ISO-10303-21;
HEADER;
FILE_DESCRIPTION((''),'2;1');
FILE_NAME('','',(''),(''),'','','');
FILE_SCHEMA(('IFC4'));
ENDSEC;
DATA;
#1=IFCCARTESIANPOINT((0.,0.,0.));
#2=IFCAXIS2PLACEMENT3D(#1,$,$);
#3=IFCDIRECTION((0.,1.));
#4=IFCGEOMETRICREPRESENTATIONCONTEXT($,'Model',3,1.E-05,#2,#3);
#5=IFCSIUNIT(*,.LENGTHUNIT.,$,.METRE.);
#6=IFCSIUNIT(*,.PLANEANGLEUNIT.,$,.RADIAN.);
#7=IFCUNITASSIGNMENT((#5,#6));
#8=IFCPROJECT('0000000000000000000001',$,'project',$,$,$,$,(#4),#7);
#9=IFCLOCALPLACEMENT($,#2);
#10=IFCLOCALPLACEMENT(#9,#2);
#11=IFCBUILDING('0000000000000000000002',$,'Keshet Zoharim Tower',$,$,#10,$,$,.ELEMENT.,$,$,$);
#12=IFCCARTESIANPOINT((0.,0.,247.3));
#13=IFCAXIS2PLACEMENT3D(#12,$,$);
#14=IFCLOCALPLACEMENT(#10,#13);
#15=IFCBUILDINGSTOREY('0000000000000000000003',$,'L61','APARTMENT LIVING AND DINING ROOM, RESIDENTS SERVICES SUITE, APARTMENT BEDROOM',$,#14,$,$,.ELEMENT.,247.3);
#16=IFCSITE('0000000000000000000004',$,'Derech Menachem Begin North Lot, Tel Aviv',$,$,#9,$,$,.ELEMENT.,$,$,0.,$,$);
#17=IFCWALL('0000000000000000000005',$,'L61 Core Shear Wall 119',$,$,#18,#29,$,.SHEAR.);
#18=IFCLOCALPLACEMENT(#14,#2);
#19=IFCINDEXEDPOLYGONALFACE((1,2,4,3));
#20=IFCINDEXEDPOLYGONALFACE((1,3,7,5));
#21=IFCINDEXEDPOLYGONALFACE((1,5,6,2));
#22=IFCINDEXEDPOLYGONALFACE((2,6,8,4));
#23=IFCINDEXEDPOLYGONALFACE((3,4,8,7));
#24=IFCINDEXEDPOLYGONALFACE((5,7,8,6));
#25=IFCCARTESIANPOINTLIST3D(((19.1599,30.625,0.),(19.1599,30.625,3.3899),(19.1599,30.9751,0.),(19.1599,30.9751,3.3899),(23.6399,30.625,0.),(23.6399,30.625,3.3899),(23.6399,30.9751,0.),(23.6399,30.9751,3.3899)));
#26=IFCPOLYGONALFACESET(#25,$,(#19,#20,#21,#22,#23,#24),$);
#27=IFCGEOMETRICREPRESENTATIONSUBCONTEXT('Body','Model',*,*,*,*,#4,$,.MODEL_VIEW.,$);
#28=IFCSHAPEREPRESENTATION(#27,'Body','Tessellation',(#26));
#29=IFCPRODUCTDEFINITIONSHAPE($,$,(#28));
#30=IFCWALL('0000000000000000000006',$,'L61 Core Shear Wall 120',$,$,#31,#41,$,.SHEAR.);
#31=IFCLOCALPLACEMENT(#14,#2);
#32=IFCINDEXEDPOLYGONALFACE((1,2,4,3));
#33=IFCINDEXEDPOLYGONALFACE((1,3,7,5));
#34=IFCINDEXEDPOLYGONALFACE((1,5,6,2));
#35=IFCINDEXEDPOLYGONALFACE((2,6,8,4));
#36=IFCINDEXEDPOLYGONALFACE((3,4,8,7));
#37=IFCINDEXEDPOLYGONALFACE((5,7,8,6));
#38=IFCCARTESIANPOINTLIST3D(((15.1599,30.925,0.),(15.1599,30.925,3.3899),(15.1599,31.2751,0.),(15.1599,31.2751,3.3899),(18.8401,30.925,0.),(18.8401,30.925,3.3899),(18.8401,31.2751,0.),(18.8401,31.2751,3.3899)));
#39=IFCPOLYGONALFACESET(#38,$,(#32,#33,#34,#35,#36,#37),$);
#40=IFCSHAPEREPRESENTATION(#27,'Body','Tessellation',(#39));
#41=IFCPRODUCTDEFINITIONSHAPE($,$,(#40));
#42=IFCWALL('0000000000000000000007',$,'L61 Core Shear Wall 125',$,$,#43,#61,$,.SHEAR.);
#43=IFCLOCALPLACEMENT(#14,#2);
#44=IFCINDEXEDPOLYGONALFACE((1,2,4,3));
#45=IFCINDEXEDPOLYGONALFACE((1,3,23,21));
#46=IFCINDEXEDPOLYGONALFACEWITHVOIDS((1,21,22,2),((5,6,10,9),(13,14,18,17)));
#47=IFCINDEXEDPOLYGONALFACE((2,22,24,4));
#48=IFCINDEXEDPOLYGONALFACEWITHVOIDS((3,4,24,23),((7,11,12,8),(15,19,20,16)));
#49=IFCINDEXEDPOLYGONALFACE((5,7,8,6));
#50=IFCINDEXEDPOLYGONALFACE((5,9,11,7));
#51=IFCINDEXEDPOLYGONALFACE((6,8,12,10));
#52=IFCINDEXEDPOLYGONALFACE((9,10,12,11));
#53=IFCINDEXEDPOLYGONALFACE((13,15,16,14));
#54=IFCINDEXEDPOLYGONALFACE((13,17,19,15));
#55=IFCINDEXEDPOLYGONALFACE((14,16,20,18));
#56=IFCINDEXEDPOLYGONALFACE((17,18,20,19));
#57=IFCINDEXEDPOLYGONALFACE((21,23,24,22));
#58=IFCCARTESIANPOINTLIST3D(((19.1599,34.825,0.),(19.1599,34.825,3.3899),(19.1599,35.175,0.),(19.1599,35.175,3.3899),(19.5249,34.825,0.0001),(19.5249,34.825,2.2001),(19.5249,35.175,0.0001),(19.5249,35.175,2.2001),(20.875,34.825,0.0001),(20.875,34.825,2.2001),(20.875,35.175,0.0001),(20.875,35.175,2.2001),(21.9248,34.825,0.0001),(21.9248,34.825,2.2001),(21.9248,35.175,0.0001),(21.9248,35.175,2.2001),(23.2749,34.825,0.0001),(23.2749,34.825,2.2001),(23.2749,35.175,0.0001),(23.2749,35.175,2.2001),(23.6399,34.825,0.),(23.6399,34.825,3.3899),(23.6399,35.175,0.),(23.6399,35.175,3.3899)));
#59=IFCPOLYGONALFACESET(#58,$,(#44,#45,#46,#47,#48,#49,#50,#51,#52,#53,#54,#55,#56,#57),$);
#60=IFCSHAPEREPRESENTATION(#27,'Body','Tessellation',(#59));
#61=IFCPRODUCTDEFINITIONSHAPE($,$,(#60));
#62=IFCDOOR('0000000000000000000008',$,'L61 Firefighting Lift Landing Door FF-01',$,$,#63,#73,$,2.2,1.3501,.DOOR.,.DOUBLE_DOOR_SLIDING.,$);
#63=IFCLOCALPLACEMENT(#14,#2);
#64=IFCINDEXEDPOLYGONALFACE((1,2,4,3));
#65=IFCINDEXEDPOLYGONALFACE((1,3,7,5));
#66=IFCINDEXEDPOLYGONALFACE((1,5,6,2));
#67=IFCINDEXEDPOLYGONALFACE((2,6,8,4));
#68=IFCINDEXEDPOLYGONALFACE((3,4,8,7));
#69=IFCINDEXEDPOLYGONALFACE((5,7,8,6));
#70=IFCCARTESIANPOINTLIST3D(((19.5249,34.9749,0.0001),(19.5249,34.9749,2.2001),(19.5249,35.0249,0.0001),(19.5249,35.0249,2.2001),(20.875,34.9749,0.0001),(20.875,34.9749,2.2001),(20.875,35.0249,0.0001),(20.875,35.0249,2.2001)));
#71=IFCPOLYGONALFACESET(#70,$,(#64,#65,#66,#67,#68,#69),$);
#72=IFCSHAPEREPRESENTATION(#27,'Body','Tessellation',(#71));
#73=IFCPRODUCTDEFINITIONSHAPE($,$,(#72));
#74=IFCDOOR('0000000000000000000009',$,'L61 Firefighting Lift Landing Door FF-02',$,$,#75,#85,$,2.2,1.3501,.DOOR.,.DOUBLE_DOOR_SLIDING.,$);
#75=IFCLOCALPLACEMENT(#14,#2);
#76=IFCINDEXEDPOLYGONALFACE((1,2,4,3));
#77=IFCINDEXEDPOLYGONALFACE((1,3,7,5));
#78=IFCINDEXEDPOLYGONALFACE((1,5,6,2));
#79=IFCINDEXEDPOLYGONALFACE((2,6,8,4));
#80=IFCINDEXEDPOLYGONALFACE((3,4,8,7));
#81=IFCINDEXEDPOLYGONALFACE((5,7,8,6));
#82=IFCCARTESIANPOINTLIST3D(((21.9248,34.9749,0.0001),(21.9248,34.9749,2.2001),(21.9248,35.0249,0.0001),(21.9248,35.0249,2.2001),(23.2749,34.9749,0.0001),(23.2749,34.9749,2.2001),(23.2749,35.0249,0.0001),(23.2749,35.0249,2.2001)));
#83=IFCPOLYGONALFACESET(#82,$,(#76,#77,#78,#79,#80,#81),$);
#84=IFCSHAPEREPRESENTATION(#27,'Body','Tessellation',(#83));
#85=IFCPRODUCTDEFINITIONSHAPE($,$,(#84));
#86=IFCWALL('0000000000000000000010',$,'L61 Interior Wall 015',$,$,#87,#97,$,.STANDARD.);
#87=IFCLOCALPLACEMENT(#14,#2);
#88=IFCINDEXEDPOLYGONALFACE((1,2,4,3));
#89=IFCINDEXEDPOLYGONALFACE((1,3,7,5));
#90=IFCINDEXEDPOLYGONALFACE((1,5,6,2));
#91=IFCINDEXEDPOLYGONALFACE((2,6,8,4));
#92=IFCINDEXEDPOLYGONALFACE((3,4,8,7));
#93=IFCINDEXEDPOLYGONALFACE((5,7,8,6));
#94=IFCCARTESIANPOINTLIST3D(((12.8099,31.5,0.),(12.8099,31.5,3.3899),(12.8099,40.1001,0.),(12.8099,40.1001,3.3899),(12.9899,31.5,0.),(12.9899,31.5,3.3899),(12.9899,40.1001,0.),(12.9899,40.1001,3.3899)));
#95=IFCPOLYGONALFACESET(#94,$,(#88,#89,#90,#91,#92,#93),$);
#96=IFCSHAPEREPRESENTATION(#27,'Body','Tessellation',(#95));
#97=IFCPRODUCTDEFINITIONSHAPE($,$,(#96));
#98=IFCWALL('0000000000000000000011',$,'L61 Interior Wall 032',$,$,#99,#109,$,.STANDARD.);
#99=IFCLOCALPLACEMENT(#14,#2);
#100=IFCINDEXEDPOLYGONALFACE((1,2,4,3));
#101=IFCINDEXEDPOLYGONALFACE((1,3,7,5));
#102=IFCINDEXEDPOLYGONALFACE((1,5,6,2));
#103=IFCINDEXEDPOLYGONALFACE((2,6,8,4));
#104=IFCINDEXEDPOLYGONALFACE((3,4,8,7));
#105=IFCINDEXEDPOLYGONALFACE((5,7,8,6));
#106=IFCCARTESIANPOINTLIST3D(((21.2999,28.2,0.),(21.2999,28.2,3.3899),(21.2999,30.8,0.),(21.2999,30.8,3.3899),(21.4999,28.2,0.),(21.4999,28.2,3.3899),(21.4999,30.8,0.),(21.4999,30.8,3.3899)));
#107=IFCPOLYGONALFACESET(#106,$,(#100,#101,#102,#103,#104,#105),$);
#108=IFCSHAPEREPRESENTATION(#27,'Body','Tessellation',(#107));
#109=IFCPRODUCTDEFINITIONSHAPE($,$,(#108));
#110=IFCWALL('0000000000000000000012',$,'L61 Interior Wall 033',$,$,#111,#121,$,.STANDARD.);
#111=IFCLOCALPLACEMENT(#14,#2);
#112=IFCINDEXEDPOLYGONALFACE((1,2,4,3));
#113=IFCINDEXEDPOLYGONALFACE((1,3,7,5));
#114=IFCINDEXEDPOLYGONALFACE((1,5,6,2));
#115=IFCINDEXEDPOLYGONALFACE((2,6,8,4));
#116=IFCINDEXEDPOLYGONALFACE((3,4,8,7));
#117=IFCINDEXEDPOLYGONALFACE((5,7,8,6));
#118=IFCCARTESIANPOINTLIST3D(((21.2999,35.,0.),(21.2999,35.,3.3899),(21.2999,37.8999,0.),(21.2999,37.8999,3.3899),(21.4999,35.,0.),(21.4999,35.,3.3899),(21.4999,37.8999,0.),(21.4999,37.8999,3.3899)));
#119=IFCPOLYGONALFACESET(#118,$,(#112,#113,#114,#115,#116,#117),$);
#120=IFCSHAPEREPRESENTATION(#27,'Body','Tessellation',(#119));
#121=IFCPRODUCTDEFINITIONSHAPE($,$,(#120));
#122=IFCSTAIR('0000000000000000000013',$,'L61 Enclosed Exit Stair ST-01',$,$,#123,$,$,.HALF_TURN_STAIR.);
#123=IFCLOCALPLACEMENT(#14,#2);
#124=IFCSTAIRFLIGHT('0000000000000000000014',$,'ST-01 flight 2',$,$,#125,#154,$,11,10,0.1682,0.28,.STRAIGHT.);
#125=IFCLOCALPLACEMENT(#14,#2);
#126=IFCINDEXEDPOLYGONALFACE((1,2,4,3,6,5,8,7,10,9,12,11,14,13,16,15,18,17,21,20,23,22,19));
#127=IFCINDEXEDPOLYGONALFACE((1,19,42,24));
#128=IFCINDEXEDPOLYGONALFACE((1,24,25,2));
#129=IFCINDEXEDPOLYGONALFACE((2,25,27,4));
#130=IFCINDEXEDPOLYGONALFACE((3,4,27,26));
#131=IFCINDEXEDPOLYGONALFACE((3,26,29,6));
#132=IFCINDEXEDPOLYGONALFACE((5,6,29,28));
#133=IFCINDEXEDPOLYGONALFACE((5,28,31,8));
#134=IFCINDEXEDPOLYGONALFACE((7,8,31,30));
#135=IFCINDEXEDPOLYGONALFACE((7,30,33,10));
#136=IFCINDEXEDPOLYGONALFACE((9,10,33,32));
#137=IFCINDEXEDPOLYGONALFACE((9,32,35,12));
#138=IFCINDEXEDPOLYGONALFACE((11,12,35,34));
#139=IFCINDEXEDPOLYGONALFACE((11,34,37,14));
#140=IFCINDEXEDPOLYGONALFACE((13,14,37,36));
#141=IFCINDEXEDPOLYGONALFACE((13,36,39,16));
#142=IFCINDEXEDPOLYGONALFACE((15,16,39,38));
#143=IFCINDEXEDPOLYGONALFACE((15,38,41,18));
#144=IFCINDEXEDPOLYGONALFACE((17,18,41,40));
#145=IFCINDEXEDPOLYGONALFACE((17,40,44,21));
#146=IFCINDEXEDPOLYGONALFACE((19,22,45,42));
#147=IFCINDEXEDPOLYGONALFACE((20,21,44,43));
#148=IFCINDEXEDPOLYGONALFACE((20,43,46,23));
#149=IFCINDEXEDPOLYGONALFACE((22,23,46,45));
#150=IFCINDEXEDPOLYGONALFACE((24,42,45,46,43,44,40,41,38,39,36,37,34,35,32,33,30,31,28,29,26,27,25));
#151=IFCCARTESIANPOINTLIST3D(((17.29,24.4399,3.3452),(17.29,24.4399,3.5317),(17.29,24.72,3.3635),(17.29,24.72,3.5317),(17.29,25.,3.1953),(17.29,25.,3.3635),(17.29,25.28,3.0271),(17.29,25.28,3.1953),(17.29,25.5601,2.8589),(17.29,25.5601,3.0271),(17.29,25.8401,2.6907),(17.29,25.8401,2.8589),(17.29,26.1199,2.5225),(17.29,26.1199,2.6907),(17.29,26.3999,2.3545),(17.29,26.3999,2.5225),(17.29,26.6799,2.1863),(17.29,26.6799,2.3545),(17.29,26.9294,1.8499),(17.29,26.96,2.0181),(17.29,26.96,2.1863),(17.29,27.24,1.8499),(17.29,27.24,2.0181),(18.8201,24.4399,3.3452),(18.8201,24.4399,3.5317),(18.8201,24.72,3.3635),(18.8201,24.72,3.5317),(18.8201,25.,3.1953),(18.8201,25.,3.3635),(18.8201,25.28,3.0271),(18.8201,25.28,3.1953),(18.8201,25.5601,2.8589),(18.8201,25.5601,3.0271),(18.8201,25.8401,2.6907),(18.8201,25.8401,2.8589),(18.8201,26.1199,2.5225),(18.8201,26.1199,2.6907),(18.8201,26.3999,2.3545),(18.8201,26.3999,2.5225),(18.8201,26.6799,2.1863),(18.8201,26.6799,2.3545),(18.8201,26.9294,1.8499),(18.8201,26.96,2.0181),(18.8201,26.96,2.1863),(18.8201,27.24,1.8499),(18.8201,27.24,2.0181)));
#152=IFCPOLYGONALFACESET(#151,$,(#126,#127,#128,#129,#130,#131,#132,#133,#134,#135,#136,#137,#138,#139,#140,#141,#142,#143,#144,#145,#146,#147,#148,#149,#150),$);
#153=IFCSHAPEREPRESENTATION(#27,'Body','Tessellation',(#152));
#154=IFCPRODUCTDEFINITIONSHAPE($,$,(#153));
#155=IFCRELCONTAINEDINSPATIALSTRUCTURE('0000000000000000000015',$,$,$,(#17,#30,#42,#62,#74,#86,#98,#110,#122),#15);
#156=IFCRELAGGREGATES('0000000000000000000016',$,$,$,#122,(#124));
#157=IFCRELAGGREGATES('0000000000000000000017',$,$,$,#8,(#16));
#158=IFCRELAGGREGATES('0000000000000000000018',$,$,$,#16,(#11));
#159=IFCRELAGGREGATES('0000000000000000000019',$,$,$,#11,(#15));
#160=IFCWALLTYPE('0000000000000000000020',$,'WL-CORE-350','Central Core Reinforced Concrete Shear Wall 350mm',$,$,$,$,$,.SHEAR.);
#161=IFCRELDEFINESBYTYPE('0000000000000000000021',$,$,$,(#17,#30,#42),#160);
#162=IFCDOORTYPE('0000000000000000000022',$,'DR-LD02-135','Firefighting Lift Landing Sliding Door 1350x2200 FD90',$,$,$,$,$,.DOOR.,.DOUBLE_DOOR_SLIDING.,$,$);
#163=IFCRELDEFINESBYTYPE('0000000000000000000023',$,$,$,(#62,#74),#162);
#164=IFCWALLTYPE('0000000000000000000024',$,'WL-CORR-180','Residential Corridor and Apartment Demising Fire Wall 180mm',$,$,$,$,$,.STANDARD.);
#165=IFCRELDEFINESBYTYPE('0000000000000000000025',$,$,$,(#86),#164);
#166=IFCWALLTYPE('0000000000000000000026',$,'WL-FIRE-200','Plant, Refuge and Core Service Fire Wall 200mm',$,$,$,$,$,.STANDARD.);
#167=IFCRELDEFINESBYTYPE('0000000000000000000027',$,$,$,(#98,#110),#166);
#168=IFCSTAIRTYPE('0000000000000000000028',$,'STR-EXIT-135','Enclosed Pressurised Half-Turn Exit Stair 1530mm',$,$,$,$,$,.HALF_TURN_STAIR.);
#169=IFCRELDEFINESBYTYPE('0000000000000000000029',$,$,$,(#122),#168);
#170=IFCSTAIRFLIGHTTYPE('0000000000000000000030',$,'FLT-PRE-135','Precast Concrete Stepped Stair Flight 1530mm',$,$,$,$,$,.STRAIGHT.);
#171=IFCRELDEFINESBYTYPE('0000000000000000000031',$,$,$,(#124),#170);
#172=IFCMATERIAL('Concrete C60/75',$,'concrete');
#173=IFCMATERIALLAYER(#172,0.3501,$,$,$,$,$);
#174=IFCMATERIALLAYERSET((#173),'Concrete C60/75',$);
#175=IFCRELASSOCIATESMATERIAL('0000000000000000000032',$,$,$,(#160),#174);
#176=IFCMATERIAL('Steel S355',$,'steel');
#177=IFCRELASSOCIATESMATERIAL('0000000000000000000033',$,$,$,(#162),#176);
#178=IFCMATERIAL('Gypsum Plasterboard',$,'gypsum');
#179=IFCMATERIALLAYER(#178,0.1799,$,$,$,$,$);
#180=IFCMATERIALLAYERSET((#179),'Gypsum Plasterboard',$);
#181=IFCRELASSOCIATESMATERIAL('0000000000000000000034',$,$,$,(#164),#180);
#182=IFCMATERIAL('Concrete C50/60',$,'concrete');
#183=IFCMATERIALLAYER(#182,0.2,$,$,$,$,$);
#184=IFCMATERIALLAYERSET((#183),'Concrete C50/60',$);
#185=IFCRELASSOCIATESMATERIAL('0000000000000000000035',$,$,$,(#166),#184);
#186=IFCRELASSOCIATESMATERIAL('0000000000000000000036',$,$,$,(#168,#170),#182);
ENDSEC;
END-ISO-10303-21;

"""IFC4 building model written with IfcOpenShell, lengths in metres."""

from ifc_helpers import new_model, si_unit, direction, frame, frame_2d, origin, place, context, subcontext, project, spatial, polyline, rectangle, outline, extrude, material, layer, layer_set, type_object, element, fill, aggregate, save


model = new_model("IFC4")

# Units and contexts
model_context = context("Model", 3, precision=1e-05, world=origin(), true_north=direction((0.0, 1.0)))
body_context = subcontext(model_context, "Body", "Model", "MODEL_VIEW")
ifc_project = project(units=[si_unit("LENGTHUNIT", "METRE"), si_unit("PLANEANGLEUNIT", "RADIAN")], contexts=[model_context])

# Site, building, storey
site_placement = place(None, origin())
site = spatial("IfcSite", under=ifc_project, at=site_placement, Name="Derech Menachem Begin North Lot, Tel Aviv", CompositionType="ELEMENT", RefElevation=0.0)
building_placement = place(site_placement, origin())
building = spatial("IfcBuilding", under=site, at=building_placement, Name="Keshet Zoharim Tower", CompositionType="ELEMENT")
storey_placement = place(building_placement, frame((0.0, 0.0, 247.3)))
storey = spatial("IfcBuildingStorey", under=building, at=storey_placement, Name="L61", Description="APARTMENT LIVING AND DINING ROOM, RESIDENTS SERVICES SUITE, APARTMENT BEDROOM", CompositionType="ELEMENT", Elevation=247.3)

# Shared definitions
ifc_material_1 = material(Name="Steel S355", Category="steel")

# Shared definitions
ifc_material_2 = material(Name="Concrete C60/75", Category="concrete")
ifc_layer_1 = layer(ifc_material_2, 0.3501)
ifc_layer_set_1 = layer_set([ifc_layer_1], Name="Concrete C60/75")
wall_type_1 = type_object("IfcWallType", Name="WL-CORE-350", Description="Central Core Reinforced Concrete Shear Wall 350mm", PredefinedType="SHEAR", material=ifc_layer_set_1)

# Walls
wall_1_placement = place(storey_placement, frame((19.1599, 30.8, 0.0), z_axis=(0.0, 0.0, 1.0), x_axis=(1.0, 0.0, 0.0)))
element("IfcWall", 1, at=wall_1_placement, inside=storey, type_object=wall_type_1, Name="L61 Core Shear Wall 119", PredefinedType="SHEAR", context=body_context, shape_type="SweptSolid", body=[
    extrude(rectangle(XDim=4.48, YDim=0.3501, at=frame_2d((2.24, 0.0))), origin(), (0.0, 0.0, 1.0), 3.3899),
])
wall_2_placement = place(storey_placement, frame((15.1599, 31.1001, 0.0), z_axis=(0.0, 0.0, 1.0), x_axis=(1.0, 0.0, 0.0)))
element("IfcWall", 2, at=wall_2_placement, inside=storey, type_object=wall_type_1, Name="L61 Core Shear Wall 120", PredefinedType="SHEAR", context=body_context, shape_type="SweptSolid", body=[
    extrude(rectangle(XDim=3.6802, YDim=0.3501, at=frame_2d((1.8401, 0.0))), origin(), (0.0, 0.0, 1.0), 3.3899),
])

# Wall, openings, doors
wall_3_placement = place(storey_placement, frame((19.1599, 35.0, 0.0), z_axis=(0.0, 0.0, 1.0), x_axis=(1.0, 0.0, 0.0)))
wall_3 = element("IfcWall", 3, at=wall_3_placement, inside=storey, type_object=wall_type_1, Name="L61 Core Shear Wall 125", PredefinedType="SHEAR", context=body_context, shape_type="SweptSolid", body=[
    extrude(rectangle(XDim=4.48, YDim=0.3501, at=frame_2d((2.24, 0.0))), origin(), (0.0, 0.0, 1.0), 3.3899),
])
opening_1_placement = place(wall_3_placement, frame((0.365, 0.0, 0.0)))
opening_1 = element("IfcOpeningElement", 4, at=opening_1_placement, cuts=wall_3, PredefinedType="OPENING", context=body_context, shape_type="SweptSolid", body=[
    extrude(rectangle(XDim=1.3501, YDim=2.2, at=frame_2d((0.675, 1.1001))), frame((0.0, 0.1851, 0.0), z_axis=(0.0, -1.0, 0.0), x_axis=(1.0, 0.0, 0.0)), (0.0, 0.0, 1.0), 0.3701),
])
opening_2_placement = place(wall_3_placement, frame((2.7649, 0.0, 0.0)))
opening_2 = element("IfcOpeningElement", 5, at=opening_2_placement, cuts=wall_3, PredefinedType="OPENING", context=body_context, shape_type="SweptSolid", body=[
    extrude(rectangle(XDim=1.3501, YDim=2.2, at=frame_2d((0.675, 1.1001))), frame((0.0, 0.1851, 0.0), z_axis=(0.0, -1.0, 0.0), x_axis=(1.0, 0.0, 0.0)), (0.0, 0.0, 1.0), 0.3701),
])
door_type_1 = type_object("IfcDoorType", Name="DR-LD02-135", Description="Firefighting Lift Landing Sliding Door 1350x2200 FD90", OperationType="DOUBLE_DOOR_SLIDING", PredefinedType="DOOR", material=ifc_material_1)
door_1_placement = place(opening_1_placement, origin())
door_1 = element("IfcDoor", 6, at=door_1_placement, inside=storey, type_object=door_type_1, Name="L61 Firefighting Lift Landing Door FF-01", OperationType="DOUBLE_DOOR_SLIDING", OverallHeight=2.2, OverallWidth=1.3501, PredefinedType="DOOR", context=body_context, shape_type="SweptSolid", body=[
    extrude(rectangle(XDim=1.3501, YDim=2.2, at=frame_2d((0.675, 1.1001))), frame((0.0, 0.0249, 0.0), z_axis=(0.0, -1.0, 0.0), x_axis=(1.0, 0.0, 0.0)), (0.0, 0.0, 1.0), 0.05),
])
fill(opening_1, door_1)
door_2_placement = place(opening_2_placement, origin())
door_2 = element("IfcDoor", 7, at=door_2_placement, inside=storey, type_object=door_type_1, Name="L61 Firefighting Lift Landing Door FF-02", OperationType="DOUBLE_DOOR_SLIDING", OverallHeight=2.2, OverallWidth=1.3501, PredefinedType="DOOR", context=body_context, shape_type="SweptSolid", body=[
    extrude(rectangle(XDim=1.3501, YDim=2.2, at=frame_2d((0.675, 1.1001))), frame((0.0, 0.0249, 0.0), z_axis=(0.0, -1.0, 0.0), x_axis=(1.0, 0.0, 0.0)), (0.0, 0.0, 1.0), 0.05),
])
fill(opening_2, door_2)

# Walls
ifc_material_3 = material(Name="Gypsum Plasterboard", Category="gypsum")
ifc_layer_2 = layer(ifc_material_3, 0.1799)
ifc_layer_set_2 = layer_set([ifc_layer_2], Name="Gypsum Plasterboard")
wall_type_2 = type_object("IfcWallType", Name="WL-CORR-180", Description="Residential Corridor and Apartment Demising Fire Wall 180mm", PredefinedType="STANDARD", material=ifc_layer_set_2)
wall_4_placement = place(storey_placement, frame((12.8999, 31.5, 0.0), z_axis=(0.0, 0.0, 1.0), x_axis=(0.0, 1.0, 0.0)))
element("IfcWall", 8, at=wall_4_placement, inside=storey, type_object=wall_type_2, Name="L61 Interior Wall 015", PredefinedType="STANDARD", context=body_context, shape_type="SweptSolid", body=[
    extrude(rectangle(XDim=8.6001, YDim=0.1799, at=frame_2d((4.3, 0.0))), origin(), (0.0, 0.0, 1.0), 3.3899),
])
ifc_material_4 = material(Name="Concrete C50/60", Category="concrete")
ifc_layer_3 = layer(ifc_material_4, 0.2)
ifc_layer_set_3 = layer_set([ifc_layer_3], Name="Concrete C50/60")
wall_type_3 = type_object("IfcWallType", Name="WL-FIRE-200", Description="Plant, Refuge and Core Service Fire Wall 200mm", PredefinedType="STANDARD", material=ifc_layer_set_3)
wall_5_placement = place(storey_placement, frame((21.3999, 28.2, 0.0), z_axis=(0.0, 0.0, 1.0), x_axis=(0.0, 1.0, 0.0)))
element("IfcWall", 9, at=wall_5_placement, inside=storey, type_object=wall_type_3, Name="L61 Interior Wall 032", PredefinedType="STANDARD", context=body_context, shape_type="SweptSolid", body=[
    extrude(rectangle(XDim=2.6001, YDim=0.2, at=frame_2d((1.3, 0.0))), origin(), (0.0, 0.0, 1.0), 3.3899),
])
wall_6_placement = place(storey_placement, frame((21.3999, 35.0, 0.0), z_axis=(0.0, 0.0, 1.0), x_axis=(0.0, 1.0, 0.0)))
element("IfcWall", 10, at=wall_6_placement, inside=storey, type_object=wall_type_3, Name="L61 Interior Wall 033", PredefinedType="STANDARD", context=body_context, shape_type="SweptSolid", body=[
    extrude(rectangle(XDim=2.8999, YDim=0.2, at=frame_2d((1.45, 0.0))), origin(), (0.0, 0.0, 1.0), 3.3899),
])

# Stair, stair flight
stair_type = type_object("IfcStairType", Name="STR-EXIT-135", Description="Enclosed Pressurised Half-Turn Exit Stair 1530mm", PredefinedType="HALF_TURN_STAIR", material=ifc_material_4)
stair_1_placement = place(storey_placement, origin())
stair_1 = element("IfcStair", 11, at=stair_1_placement, inside=storey, type_object=stair_type, Name="L61 Enclosed Exit Stair ST-01", PredefinedType="HALF_TURN_STAIR")
stair_flight_type = type_object("IfcStairFlightType", Name="FLT-PRE-135", Description="Precast Concrete Stepped Stair Flight 1530mm", PredefinedType="STRAIGHT", material=ifc_material_4)
stair_flight_1_placement = place(storey_placement, frame((18.0549, 27.24, 1.8499), z_axis=(0.0, 0.0, 1.0), x_axis=(0.0, -1.0, 0.0)))
stair_flight_1 = element("IfcStairFlight", 12, at=stair_flight_1_placement, type_object=stair_flight_type, Name="ST-01 flight 2", NumberOfRisers=11, NumberOfTreads=10, PredefinedType="STRAIGHT", RiserHeight=0.1682, TreadLength=0.28, context=body_context, shape_type="SweptSolid", body=[
    extrude(outline(polyline([(0.0, 0.0), (0.0, 0.1682), (0.28, 0.1682), (0.28, 0.3364), (0.5601, 0.3364), (0.5601, 0.5046), (0.8401, 0.5046), (0.8401, 0.6726), (1.1201, 0.6726), (1.1201, 0.8408), (1.3999, 0.8408), (1.3999, 1.009), (1.6799, 1.009), (1.6799, 1.1772), (1.96, 1.1772), (1.96, 1.3455), (2.24, 1.3455), (2.24, 1.5137), (2.52, 1.5137), (2.52, 1.6819), (2.8, 1.6819), (2.8, 1.8501), (2.8, 1.4954), (0.3105, 0.0), (0.0, 0.0)])), frame((0.0, 0.7651, 0.0), z_axis=(0.0, -1.0, 0.0), x_axis=(1.0, 0.0, 0.0)), (0.0, 0.0, 1.0), 1.53),
])
aggregate(stair_1, [stair_flight_1])

save(model, "model.ifc")
